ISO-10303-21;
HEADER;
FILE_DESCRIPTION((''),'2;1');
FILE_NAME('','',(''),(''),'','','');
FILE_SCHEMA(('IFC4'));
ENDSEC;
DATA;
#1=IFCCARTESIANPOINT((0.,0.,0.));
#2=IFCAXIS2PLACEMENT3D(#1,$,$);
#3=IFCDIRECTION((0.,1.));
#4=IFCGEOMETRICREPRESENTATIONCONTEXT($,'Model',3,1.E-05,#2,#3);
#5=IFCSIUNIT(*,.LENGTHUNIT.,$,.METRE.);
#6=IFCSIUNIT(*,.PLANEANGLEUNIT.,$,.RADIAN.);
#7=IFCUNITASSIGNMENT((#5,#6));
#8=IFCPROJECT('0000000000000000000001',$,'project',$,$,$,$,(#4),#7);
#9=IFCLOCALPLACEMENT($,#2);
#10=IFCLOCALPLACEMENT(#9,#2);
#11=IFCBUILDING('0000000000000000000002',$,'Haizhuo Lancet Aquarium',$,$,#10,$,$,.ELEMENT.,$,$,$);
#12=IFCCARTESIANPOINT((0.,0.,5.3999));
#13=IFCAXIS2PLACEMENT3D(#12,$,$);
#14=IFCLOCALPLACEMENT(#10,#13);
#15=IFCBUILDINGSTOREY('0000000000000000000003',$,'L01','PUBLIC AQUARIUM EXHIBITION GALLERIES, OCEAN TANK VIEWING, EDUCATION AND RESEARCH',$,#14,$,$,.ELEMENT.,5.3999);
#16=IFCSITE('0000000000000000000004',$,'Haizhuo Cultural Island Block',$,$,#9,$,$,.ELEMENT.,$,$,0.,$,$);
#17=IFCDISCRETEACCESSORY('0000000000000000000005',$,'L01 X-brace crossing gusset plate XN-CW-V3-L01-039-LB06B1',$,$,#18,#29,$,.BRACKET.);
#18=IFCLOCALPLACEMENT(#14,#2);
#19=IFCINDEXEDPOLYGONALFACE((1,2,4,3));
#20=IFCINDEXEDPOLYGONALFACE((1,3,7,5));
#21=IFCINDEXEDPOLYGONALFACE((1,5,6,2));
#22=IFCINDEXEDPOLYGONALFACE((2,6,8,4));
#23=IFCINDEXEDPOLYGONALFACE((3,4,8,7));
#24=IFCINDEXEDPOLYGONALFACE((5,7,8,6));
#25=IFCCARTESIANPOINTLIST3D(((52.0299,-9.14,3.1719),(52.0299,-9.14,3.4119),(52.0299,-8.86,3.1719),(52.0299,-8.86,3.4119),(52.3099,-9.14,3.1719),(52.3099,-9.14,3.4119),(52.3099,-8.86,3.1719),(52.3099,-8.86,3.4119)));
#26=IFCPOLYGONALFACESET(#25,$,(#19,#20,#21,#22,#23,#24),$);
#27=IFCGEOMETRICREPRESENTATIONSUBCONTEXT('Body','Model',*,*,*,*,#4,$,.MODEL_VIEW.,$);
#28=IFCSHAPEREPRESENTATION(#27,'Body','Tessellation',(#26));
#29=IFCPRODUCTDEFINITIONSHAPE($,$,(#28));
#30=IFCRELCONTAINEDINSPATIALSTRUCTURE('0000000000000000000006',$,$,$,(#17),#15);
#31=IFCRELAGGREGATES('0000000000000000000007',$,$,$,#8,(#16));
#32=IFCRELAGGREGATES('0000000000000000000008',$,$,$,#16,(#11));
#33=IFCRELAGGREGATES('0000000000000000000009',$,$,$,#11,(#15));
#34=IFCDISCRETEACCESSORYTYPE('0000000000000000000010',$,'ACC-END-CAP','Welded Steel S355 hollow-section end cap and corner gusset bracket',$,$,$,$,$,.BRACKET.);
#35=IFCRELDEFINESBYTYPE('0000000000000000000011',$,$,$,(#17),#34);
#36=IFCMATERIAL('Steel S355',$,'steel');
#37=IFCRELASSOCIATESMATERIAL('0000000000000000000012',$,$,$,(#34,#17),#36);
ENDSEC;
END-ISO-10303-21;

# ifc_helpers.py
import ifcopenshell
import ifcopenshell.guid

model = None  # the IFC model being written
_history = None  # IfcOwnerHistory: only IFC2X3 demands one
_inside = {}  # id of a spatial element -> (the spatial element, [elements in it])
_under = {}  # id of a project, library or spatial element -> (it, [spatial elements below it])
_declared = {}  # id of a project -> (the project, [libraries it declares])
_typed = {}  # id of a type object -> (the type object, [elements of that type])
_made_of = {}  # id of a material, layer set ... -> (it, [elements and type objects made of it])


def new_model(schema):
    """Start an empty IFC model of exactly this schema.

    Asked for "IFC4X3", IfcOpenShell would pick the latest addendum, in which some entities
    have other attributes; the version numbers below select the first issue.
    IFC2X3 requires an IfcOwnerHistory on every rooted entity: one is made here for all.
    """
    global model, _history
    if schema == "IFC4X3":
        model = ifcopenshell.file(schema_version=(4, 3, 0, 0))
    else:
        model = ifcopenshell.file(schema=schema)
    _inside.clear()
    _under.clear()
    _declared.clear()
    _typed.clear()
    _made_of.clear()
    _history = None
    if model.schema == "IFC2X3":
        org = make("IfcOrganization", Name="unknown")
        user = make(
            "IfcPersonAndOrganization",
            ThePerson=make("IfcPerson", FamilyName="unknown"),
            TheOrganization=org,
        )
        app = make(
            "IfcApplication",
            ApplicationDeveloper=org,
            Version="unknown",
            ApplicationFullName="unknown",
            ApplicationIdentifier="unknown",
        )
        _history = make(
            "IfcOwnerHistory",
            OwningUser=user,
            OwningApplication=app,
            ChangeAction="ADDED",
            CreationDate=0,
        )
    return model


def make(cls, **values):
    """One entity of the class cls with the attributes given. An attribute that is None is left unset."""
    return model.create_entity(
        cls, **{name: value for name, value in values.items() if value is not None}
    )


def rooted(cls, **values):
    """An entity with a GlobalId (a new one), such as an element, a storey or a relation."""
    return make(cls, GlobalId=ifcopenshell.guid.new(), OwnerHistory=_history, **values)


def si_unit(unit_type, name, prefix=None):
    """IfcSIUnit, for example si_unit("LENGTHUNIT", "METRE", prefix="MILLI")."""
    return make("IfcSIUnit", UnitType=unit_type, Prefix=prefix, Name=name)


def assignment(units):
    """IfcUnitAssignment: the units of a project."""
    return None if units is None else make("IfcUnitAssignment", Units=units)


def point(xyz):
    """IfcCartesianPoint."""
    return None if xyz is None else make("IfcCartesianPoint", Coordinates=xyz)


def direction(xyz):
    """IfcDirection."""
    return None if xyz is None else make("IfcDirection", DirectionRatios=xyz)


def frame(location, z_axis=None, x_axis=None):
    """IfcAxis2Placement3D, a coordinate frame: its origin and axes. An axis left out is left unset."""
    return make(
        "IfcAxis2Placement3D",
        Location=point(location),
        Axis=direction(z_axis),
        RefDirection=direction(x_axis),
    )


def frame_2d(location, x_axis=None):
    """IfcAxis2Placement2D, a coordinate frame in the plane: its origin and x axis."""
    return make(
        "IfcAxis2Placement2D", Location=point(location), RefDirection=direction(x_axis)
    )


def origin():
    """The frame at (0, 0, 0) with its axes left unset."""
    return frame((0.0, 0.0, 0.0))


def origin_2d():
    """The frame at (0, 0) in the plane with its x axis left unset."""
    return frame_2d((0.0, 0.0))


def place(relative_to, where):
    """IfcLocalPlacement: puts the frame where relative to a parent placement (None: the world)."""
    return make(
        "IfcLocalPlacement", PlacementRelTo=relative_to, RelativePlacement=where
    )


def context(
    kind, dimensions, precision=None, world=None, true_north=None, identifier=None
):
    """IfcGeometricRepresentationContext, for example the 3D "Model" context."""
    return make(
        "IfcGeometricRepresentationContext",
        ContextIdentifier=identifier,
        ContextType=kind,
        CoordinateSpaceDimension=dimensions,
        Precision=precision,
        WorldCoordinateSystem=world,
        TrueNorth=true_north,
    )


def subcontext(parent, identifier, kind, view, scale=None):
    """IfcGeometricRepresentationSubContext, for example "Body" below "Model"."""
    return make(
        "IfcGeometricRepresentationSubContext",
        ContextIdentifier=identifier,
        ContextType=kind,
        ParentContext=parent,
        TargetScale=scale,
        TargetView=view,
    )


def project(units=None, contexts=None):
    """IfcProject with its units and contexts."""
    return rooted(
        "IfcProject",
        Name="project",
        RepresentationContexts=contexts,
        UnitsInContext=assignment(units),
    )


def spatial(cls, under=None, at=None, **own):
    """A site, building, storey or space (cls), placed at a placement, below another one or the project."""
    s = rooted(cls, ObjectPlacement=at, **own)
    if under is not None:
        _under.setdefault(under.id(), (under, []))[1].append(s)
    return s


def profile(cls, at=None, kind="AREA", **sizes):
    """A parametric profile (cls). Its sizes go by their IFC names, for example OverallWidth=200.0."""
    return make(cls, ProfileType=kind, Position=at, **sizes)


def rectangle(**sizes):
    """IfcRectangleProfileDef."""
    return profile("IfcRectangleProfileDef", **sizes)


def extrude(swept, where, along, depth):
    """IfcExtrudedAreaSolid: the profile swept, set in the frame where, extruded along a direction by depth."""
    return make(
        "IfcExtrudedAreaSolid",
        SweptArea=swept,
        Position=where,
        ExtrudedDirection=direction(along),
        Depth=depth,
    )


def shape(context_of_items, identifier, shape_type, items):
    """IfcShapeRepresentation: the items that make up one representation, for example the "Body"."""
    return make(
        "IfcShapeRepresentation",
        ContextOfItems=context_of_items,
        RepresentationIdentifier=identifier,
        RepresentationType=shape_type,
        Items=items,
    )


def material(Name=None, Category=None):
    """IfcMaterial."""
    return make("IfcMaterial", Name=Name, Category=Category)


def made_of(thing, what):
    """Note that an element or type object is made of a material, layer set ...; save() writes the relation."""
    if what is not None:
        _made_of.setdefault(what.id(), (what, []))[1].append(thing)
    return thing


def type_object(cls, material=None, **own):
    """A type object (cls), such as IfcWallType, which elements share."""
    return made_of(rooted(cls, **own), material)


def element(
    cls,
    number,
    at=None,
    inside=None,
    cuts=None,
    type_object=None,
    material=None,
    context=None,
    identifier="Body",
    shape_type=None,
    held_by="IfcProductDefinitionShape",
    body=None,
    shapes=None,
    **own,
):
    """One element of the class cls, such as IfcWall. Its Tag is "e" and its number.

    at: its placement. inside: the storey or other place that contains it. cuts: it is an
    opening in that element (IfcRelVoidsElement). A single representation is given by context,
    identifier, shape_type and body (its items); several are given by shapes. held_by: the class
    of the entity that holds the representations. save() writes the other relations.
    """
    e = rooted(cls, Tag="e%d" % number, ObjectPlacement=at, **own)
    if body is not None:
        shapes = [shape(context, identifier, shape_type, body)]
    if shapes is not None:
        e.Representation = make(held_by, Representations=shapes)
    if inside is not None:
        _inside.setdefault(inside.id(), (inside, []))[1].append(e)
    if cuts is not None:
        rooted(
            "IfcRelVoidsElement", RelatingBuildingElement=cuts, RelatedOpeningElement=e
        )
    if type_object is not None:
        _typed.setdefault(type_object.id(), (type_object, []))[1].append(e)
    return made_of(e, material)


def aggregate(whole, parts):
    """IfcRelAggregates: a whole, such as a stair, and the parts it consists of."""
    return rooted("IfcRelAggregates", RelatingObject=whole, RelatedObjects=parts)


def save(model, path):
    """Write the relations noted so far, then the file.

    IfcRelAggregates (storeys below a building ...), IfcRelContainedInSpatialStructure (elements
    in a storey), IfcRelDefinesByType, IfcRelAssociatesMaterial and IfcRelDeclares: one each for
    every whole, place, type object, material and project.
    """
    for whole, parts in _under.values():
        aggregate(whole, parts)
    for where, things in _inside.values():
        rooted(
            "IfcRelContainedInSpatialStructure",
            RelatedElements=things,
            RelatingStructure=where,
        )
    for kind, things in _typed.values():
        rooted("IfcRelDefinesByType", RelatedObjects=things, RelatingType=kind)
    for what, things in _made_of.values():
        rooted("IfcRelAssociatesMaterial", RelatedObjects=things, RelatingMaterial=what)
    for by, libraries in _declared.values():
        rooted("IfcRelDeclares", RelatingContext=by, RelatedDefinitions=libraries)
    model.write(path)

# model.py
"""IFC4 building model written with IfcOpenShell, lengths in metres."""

from ifc_helpers import new_model, si_unit, direction, frame, origin, origin_2d, place, context, subcontext, project, spatial, rectangle, extrude, material, type_object, element, save


model = new_model("IFC4")

# Units and contexts
model_context = context("Model", 3, precision=1e-05, world=origin(), true_north=direction((0.0, 1.0)))
body_context = subcontext(model_context, "Body", "Model", "MODEL_VIEW")
ifc_project = project(units=[si_unit("LENGTHUNIT", "METRE"), si_unit("PLANEANGLEUNIT", "RADIAN")], contexts=[model_context])

# Site, building, storey
site_placement = place(None, origin())
site = spatial("IfcSite", under=ifc_project, at=site_placement, Name="Haizhuo Cultural Island Block", CompositionType="ELEMENT", RefElevation=0.0)
building_placement = place(site_placement, origin())
building = spatial("IfcBuilding", under=site, at=building_placement, Name="Haizhuo Lancet Aquarium", CompositionType="ELEMENT")
storey_placement = place(building_placement, frame((0.0, 0.0, 5.3999)))
storey = spatial("IfcBuildingStorey", under=building, at=storey_placement, Name="L01", Description="PUBLIC AQUARIUM EXHIBITION GALLERIES, OCEAN TANK VIEWING, EDUCATION AND RESEARCH", CompositionType="ELEMENT", Elevation=5.3999)

# Shared definitions
ifc_material_1 = material(Name="Steel S355", Category="steel")

# Discrete accessory
discrete_accessory_type = type_object("IfcDiscreteAccessoryType", Name="ACC-END-CAP", Description="Welded Steel S355 hollow-section end cap and corner gusset bracket", PredefinedType="BRACKET", material=ifc_material_1)
for number, where, z_axis, x_axis, name in (
    (1, (52.1699, -9.0, 3.1719), (0.0, 0.0, 1.0), (1.0, 0.0, 0.0), "L01 X-brace crossing gusset plate XN-CW-V3-L01-039-LB06B1"),
):
    element("IfcDiscreteAccessory", number, at=place(storey_placement, frame(where, z_axis=z_axis, x_axis=x_axis)), inside=storey, type_object=discrete_accessory_type, material=ifc_material_1, Name=name, PredefinedType="BRACKET", context=body_context, shape_type="SweptSolid", body=[
        extrude(rectangle(XDim=0.28, YDim=0.28, at=origin_2d()), origin(), (0.0, 0.0, 1.0), 0.24),
    ])

save(model, "model.ifc")
